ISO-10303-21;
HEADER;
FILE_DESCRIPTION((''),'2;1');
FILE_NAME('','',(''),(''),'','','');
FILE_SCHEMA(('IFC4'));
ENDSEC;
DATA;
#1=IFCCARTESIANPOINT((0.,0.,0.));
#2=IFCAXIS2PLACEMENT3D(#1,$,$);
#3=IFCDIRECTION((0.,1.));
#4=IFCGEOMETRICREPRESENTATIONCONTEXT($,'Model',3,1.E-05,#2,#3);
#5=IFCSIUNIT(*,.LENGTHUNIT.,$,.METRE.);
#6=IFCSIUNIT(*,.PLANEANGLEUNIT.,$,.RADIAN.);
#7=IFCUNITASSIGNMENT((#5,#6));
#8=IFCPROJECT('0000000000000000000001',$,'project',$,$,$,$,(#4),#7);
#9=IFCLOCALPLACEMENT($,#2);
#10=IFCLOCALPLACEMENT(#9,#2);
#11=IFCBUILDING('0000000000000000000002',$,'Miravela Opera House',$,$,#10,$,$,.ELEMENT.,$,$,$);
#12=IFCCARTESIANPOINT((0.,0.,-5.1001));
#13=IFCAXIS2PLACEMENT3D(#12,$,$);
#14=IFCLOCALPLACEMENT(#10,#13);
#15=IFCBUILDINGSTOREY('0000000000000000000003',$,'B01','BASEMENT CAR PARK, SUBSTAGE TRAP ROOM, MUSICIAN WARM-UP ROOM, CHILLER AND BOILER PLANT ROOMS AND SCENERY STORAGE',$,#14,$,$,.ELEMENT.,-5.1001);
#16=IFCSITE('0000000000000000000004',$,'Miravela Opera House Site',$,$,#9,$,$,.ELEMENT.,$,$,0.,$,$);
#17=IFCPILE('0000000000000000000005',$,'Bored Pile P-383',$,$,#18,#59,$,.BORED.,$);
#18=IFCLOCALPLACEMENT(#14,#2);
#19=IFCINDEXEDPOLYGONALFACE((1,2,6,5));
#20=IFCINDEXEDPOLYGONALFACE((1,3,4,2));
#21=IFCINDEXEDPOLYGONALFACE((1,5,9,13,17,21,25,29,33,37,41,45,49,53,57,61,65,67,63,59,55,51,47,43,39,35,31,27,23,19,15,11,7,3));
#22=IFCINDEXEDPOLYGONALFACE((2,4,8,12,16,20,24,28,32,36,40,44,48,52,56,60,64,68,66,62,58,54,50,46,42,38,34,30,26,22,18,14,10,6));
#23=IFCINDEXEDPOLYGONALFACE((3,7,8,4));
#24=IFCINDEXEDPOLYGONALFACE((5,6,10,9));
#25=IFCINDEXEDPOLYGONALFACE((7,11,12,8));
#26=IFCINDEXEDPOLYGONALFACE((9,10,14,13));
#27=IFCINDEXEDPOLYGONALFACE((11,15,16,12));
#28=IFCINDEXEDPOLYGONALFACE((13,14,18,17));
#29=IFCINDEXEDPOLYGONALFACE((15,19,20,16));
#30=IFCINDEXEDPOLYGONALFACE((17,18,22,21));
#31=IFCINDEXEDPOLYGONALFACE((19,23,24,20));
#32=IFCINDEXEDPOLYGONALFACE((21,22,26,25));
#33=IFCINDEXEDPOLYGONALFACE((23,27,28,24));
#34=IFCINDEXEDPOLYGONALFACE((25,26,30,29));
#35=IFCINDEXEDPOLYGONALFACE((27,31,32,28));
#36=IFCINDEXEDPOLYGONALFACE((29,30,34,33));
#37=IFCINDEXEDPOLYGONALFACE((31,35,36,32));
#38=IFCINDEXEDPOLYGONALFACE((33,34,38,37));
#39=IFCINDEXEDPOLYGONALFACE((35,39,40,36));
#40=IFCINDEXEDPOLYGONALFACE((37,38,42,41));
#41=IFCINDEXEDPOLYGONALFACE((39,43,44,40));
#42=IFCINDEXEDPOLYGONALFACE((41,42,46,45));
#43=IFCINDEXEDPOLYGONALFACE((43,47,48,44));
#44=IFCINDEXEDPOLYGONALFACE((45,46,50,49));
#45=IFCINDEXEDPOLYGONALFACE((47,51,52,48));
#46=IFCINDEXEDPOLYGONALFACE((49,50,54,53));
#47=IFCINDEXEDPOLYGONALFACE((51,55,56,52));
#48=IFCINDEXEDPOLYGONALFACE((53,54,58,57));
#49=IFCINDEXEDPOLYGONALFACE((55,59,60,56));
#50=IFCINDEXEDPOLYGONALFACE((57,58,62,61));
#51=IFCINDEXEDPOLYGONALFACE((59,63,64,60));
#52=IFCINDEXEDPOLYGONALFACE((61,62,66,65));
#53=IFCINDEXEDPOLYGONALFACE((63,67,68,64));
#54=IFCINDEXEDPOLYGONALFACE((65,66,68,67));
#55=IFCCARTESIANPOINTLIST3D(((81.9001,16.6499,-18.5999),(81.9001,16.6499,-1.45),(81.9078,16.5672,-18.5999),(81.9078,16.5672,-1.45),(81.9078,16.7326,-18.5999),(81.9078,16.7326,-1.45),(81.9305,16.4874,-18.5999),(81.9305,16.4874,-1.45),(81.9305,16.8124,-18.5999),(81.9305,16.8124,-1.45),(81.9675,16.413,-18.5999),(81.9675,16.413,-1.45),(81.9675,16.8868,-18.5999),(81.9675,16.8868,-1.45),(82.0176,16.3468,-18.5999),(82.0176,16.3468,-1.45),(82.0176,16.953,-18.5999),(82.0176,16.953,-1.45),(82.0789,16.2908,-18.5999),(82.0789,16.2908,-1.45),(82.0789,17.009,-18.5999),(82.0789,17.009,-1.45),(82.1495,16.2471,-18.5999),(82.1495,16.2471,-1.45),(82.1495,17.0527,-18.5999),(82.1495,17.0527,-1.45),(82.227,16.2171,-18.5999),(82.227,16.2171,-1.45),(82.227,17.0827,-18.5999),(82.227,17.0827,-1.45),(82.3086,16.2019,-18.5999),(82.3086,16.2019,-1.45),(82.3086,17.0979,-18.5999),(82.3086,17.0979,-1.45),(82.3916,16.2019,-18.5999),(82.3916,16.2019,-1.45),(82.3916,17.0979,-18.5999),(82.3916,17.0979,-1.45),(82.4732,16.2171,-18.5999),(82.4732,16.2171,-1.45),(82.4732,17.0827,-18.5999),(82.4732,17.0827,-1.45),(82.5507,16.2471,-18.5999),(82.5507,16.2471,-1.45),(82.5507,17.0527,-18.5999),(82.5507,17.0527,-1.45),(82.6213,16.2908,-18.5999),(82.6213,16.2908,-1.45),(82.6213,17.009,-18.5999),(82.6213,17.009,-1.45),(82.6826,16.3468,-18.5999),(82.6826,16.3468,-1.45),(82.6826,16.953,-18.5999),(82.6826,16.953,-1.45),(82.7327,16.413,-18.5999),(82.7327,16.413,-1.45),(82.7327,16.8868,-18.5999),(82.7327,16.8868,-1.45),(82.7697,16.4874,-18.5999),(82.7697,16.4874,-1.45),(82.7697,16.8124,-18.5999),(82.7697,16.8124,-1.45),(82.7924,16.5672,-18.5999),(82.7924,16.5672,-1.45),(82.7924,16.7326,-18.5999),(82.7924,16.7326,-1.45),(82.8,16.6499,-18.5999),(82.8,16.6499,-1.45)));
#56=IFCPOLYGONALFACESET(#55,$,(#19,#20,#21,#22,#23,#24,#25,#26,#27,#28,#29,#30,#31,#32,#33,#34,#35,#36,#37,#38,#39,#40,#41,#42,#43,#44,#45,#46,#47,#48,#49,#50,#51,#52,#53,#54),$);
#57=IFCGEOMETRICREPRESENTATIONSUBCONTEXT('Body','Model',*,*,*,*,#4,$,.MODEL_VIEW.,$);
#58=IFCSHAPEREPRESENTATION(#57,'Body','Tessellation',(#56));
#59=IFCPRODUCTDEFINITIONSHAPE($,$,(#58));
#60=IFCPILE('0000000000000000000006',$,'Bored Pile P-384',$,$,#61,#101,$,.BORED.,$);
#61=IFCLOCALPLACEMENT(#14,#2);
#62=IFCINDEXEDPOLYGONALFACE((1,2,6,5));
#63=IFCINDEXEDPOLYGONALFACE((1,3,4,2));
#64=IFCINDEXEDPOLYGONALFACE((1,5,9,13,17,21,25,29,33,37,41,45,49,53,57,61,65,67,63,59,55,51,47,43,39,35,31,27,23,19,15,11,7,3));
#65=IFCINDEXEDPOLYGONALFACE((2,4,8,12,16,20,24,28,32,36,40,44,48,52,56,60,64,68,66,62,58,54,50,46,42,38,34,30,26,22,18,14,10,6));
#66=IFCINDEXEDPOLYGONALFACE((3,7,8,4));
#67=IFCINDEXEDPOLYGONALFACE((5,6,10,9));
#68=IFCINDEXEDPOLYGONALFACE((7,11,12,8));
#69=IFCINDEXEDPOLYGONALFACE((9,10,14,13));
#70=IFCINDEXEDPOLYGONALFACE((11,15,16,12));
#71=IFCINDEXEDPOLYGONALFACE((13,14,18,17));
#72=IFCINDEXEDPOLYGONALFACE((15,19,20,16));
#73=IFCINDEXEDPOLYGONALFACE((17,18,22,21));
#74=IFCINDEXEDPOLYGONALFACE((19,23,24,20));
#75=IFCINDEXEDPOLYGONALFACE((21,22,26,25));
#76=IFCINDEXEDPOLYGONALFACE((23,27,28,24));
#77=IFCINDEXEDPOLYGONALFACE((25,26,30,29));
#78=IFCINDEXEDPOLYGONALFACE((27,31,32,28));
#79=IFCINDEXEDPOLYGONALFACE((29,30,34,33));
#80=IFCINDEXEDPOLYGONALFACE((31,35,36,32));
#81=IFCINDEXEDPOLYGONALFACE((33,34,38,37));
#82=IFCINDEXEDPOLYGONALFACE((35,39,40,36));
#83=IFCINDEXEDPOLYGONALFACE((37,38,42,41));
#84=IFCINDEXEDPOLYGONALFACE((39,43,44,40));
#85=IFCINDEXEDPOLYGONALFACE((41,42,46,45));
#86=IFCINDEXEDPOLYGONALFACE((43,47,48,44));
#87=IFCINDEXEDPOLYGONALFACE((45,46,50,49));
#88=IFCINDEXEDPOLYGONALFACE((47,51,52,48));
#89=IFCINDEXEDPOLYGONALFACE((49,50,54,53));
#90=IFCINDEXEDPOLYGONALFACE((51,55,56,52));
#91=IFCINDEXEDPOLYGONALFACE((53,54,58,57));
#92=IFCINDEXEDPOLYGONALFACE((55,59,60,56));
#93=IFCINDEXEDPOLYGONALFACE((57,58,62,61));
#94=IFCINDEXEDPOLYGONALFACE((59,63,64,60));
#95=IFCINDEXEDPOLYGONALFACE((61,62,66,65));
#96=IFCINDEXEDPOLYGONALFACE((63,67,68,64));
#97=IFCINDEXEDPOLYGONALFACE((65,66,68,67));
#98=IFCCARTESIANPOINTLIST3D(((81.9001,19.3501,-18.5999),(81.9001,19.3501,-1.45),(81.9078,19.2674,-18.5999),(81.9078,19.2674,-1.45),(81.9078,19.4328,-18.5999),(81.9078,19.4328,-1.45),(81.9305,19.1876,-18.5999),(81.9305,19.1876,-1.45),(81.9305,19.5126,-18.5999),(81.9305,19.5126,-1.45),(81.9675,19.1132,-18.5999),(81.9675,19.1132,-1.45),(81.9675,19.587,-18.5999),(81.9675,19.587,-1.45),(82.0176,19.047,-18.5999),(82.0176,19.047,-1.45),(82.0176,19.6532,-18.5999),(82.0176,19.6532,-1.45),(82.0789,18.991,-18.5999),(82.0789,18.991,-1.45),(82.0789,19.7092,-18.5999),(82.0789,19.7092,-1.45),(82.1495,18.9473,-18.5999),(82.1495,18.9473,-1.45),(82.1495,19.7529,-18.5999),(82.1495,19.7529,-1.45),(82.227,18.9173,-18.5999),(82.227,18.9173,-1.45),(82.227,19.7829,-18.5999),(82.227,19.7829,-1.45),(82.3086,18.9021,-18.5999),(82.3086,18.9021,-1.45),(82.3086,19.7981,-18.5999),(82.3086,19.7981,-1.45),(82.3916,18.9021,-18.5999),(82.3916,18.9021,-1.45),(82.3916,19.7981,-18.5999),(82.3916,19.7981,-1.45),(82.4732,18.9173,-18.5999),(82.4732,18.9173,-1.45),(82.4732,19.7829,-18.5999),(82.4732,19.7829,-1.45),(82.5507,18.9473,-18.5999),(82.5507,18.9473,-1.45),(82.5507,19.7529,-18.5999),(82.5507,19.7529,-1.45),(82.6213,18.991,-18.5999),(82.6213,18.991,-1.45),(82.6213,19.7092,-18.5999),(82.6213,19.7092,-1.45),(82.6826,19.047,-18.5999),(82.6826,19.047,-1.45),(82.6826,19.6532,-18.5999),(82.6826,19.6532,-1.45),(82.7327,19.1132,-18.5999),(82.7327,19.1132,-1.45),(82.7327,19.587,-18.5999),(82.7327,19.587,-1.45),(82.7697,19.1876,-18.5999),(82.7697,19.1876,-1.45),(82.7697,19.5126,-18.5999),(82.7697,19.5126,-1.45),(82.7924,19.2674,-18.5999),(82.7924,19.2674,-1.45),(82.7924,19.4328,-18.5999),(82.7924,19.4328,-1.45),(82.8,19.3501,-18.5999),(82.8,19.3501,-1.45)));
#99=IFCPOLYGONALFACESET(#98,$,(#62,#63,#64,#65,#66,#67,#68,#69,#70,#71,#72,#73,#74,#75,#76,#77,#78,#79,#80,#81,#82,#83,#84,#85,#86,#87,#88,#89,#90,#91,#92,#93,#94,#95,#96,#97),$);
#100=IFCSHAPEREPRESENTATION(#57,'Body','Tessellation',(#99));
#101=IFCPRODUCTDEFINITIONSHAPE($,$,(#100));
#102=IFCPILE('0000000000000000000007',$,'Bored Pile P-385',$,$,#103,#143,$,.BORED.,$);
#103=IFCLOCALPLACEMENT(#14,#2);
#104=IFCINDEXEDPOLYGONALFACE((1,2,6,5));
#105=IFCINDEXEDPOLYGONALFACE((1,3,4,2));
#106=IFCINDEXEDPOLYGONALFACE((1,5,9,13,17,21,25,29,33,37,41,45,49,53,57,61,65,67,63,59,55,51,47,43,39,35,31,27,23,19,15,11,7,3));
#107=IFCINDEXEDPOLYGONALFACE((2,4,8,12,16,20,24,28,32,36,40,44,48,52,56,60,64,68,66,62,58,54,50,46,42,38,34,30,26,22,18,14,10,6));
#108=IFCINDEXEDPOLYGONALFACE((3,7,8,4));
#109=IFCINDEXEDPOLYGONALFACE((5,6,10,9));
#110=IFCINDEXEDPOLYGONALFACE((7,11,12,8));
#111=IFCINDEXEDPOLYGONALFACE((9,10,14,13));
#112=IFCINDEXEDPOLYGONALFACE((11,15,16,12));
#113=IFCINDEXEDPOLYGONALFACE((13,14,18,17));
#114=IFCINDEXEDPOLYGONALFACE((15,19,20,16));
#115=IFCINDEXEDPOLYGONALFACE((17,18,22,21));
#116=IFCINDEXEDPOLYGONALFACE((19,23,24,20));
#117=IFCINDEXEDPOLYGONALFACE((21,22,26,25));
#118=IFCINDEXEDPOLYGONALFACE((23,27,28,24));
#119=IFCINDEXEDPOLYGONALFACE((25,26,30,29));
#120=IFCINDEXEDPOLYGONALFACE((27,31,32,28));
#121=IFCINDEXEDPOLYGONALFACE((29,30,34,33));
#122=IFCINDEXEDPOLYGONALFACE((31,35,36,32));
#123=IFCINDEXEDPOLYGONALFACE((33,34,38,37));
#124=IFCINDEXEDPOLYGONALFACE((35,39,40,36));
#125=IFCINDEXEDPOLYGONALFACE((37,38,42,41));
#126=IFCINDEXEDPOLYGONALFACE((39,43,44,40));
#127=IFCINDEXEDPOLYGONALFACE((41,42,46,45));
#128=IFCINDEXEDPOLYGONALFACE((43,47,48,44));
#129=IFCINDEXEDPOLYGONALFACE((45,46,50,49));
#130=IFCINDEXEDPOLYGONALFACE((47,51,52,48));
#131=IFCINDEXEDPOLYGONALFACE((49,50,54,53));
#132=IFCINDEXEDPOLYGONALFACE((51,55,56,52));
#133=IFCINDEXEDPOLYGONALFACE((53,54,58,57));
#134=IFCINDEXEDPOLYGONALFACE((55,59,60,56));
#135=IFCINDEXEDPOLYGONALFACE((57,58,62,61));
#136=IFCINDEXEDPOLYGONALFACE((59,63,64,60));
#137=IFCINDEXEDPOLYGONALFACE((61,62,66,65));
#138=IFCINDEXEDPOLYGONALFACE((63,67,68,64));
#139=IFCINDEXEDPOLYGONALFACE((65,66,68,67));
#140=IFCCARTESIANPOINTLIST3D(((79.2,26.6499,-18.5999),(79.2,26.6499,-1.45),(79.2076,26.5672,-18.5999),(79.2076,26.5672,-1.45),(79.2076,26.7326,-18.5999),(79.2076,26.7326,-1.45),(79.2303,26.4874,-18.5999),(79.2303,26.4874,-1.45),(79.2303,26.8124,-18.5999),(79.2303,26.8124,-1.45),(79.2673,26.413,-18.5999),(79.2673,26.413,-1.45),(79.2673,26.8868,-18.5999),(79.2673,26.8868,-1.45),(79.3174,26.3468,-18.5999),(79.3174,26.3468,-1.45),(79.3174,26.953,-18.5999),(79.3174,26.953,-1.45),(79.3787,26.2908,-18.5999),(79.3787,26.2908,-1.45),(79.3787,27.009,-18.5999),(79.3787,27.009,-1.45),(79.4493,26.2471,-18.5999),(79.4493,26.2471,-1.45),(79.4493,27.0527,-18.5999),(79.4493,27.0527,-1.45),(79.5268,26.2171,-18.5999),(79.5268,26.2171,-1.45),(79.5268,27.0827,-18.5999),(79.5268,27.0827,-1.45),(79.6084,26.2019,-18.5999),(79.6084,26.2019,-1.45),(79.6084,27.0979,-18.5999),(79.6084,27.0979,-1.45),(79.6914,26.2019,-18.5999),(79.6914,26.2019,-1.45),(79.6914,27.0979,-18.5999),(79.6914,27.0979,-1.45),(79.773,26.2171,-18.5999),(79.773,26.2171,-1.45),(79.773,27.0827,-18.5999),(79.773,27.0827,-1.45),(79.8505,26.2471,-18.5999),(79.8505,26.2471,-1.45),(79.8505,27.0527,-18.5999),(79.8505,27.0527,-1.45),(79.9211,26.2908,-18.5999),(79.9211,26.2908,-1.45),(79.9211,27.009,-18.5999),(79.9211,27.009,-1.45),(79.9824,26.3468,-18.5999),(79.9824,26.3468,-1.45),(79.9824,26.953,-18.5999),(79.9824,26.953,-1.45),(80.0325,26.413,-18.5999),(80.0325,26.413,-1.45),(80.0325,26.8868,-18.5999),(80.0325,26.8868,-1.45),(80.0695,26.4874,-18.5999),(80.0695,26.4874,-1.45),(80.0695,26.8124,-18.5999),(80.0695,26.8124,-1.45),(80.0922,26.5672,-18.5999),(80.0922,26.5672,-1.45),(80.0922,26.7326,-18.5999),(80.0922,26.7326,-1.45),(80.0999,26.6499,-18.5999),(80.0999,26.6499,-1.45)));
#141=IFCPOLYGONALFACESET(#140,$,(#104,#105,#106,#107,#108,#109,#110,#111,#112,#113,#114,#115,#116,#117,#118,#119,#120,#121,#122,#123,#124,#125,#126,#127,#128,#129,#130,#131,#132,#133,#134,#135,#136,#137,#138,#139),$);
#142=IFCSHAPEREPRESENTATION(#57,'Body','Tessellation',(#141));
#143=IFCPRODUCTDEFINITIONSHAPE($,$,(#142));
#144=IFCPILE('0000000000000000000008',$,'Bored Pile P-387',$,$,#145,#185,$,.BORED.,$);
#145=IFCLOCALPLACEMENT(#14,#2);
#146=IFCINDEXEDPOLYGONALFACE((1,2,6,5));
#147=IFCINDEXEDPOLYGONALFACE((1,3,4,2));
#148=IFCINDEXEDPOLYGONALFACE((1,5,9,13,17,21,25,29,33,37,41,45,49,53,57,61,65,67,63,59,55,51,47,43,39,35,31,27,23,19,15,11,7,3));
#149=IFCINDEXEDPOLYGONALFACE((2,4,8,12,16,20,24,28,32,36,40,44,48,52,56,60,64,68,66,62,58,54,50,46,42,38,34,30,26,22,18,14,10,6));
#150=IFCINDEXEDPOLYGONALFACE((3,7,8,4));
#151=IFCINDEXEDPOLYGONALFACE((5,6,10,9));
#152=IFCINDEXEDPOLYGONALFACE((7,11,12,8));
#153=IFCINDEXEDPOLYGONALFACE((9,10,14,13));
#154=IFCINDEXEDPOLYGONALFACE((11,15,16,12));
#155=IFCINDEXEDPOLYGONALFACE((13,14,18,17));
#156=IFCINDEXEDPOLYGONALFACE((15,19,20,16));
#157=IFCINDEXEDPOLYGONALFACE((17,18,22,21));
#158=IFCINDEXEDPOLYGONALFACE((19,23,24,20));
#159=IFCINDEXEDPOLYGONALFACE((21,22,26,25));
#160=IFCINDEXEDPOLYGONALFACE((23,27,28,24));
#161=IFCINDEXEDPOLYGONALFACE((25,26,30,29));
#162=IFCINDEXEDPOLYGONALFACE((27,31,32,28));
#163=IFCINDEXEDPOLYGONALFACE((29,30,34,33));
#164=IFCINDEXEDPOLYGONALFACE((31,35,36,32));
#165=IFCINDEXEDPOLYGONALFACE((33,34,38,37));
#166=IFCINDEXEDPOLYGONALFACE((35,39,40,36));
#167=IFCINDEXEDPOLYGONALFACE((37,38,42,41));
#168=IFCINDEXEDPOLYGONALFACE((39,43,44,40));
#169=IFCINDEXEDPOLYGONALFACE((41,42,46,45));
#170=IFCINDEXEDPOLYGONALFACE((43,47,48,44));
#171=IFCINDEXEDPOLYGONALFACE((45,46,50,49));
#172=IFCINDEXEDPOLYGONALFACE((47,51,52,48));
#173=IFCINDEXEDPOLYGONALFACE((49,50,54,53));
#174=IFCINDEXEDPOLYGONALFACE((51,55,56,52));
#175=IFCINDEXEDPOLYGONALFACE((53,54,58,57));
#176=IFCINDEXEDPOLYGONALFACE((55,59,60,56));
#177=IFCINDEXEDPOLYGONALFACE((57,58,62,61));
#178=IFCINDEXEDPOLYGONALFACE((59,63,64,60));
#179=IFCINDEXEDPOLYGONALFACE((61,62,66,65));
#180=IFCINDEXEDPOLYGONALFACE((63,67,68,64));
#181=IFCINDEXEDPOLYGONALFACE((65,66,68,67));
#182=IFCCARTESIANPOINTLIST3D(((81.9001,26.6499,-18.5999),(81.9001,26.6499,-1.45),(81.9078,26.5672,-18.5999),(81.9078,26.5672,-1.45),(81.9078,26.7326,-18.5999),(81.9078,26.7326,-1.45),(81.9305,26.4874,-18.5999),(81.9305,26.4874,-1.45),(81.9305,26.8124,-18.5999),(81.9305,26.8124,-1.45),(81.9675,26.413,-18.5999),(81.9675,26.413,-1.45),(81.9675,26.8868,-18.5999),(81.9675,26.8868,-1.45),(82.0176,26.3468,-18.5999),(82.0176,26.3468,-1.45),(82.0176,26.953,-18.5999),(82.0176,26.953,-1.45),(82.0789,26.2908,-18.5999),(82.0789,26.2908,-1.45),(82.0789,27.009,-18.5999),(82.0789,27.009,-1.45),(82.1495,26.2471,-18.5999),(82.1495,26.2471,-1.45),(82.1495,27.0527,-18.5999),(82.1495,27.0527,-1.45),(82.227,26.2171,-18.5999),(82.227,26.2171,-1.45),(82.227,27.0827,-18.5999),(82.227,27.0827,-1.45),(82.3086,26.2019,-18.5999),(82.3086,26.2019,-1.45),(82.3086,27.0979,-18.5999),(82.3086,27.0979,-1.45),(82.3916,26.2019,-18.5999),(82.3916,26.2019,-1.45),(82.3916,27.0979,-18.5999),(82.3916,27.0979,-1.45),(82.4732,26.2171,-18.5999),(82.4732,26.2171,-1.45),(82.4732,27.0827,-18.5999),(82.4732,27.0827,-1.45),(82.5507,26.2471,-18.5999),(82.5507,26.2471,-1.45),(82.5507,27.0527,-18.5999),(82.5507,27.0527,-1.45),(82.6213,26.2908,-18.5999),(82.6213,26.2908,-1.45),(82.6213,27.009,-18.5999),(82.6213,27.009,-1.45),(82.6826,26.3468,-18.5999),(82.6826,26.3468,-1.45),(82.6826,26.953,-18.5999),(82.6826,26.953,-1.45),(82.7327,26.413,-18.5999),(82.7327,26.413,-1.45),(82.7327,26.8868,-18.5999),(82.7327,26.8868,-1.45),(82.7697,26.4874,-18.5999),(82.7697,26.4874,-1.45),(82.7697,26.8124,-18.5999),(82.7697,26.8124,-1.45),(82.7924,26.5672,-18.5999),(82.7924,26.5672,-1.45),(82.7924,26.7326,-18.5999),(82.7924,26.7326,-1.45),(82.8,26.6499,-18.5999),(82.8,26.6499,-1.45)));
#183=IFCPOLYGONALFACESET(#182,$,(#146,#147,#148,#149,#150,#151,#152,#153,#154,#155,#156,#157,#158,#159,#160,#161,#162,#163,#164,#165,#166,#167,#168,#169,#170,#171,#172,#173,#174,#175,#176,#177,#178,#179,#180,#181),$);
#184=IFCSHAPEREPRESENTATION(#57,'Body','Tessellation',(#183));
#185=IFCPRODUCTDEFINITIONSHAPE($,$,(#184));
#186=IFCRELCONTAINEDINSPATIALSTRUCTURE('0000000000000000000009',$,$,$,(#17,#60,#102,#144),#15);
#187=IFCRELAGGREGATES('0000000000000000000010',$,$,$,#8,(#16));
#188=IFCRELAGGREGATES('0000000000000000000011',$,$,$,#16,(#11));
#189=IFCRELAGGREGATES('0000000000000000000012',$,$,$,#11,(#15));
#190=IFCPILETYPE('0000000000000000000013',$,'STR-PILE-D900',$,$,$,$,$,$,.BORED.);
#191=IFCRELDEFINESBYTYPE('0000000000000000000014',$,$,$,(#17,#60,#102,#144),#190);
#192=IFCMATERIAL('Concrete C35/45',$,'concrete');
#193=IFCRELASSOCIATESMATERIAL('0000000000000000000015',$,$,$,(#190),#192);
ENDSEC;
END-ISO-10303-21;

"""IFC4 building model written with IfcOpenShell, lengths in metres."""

from ifc_helpers import new_model, si_unit, direction, frame, origin, origin_2d, place, context, subcontext, project, spatial, circle, extrude, material, material_profile, profile_set, type_object, element, save


model = new_model("IFC4")

# Units and contexts
model_context = context("Model", 3, precision=1e-05, world=origin(), true_north=direction((0.0, 1.0)))
body_context = subcontext(model_context, "Body", "Model", "MODEL_VIEW")
ifc_project = project(units=[si_unit("LENGTHUNIT", "METRE"), si_unit("PLANEANGLEUNIT", "RADIAN")], contexts=[model_context])

# Site, building, storey
site_placement = place(None, origin())
site = spatial("IfcSite", under=ifc_project, at=site_placement, Name="Miravela Opera House Site", CompositionType="ELEMENT", RefElevation=0.0)
building_placement = place(site_placement, origin())
building = spatial("IfcBuilding", under=site, at=building_placement, Name="Miravela Opera House", CompositionType="ELEMENT")
storey_placement = place(building_placement, frame((0.0, 0.0, -5.1001)))
storey = spatial("IfcBuildingStorey", under=building, at=storey_placement, Name="B01", Description="BASEMENT CAR PARK, SUBSTAGE TRAP ROOM, MUSICIAN WARM-UP ROOM, CHILLER AND BOILER PLANT ROOMS AND SCENERY STORAGE", CompositionType="ELEMENT", Elevation=-5.1001)

# Shared definitions
ifc_material_1 = material(Name="Concrete C35/45", Category="concrete")

# Piles
ifc_material_profile_1 = material_profile(ifc_material_1, circle(Radius=0.45, at=origin_2d()), Name="PILE-D900")
ifc_profile_set_1 = profile_set([ifc_material_profile_1])
pile_type = type_object("IfcPileType", Name="STR-PILE-D900", PredefinedType="BORED", material=ifc_profile_set_1)
for number, where, z_axis, x_axis, name in (
    (1, (82.3501, 16.6499, -1.45), (0.0, 0.0, -1.0), (1.0, 0.0, 0.0), "Bored Pile P-383"),
    (2, (82.3501, 19.3501, -1.45), (0.0, 0.0, -1.0), (1.0, 0.0, 0.0), "Bored Pile P-384"),
    (3, (79.6499, 26.6499, -1.45), (0.0, 0.0, -1.0), (1.0, 0.0, 0.0), "Bored Pile P-385"),
    (4, (82.3501, 26.6499, -1.45), (0.0, 0.0, -1.0), (1.0, 0.0, 0.0), "Bored Pile P-387"),
):
    element("IfcPile", number, at=place(storey_placement, frame(where, z_axis=z_axis, x_axis=x_axis)), inside=storey, type_object=pile_type, Name=name, PredefinedType="BORED", context=body_context, shape_type="SweptSolid", body=[
        extrude(circle(Radius=0.45, at=origin_2d()), origin(), (0.0, 0.0, 1.0), 17.1499),
    ])

save(model, "model.ifc")
